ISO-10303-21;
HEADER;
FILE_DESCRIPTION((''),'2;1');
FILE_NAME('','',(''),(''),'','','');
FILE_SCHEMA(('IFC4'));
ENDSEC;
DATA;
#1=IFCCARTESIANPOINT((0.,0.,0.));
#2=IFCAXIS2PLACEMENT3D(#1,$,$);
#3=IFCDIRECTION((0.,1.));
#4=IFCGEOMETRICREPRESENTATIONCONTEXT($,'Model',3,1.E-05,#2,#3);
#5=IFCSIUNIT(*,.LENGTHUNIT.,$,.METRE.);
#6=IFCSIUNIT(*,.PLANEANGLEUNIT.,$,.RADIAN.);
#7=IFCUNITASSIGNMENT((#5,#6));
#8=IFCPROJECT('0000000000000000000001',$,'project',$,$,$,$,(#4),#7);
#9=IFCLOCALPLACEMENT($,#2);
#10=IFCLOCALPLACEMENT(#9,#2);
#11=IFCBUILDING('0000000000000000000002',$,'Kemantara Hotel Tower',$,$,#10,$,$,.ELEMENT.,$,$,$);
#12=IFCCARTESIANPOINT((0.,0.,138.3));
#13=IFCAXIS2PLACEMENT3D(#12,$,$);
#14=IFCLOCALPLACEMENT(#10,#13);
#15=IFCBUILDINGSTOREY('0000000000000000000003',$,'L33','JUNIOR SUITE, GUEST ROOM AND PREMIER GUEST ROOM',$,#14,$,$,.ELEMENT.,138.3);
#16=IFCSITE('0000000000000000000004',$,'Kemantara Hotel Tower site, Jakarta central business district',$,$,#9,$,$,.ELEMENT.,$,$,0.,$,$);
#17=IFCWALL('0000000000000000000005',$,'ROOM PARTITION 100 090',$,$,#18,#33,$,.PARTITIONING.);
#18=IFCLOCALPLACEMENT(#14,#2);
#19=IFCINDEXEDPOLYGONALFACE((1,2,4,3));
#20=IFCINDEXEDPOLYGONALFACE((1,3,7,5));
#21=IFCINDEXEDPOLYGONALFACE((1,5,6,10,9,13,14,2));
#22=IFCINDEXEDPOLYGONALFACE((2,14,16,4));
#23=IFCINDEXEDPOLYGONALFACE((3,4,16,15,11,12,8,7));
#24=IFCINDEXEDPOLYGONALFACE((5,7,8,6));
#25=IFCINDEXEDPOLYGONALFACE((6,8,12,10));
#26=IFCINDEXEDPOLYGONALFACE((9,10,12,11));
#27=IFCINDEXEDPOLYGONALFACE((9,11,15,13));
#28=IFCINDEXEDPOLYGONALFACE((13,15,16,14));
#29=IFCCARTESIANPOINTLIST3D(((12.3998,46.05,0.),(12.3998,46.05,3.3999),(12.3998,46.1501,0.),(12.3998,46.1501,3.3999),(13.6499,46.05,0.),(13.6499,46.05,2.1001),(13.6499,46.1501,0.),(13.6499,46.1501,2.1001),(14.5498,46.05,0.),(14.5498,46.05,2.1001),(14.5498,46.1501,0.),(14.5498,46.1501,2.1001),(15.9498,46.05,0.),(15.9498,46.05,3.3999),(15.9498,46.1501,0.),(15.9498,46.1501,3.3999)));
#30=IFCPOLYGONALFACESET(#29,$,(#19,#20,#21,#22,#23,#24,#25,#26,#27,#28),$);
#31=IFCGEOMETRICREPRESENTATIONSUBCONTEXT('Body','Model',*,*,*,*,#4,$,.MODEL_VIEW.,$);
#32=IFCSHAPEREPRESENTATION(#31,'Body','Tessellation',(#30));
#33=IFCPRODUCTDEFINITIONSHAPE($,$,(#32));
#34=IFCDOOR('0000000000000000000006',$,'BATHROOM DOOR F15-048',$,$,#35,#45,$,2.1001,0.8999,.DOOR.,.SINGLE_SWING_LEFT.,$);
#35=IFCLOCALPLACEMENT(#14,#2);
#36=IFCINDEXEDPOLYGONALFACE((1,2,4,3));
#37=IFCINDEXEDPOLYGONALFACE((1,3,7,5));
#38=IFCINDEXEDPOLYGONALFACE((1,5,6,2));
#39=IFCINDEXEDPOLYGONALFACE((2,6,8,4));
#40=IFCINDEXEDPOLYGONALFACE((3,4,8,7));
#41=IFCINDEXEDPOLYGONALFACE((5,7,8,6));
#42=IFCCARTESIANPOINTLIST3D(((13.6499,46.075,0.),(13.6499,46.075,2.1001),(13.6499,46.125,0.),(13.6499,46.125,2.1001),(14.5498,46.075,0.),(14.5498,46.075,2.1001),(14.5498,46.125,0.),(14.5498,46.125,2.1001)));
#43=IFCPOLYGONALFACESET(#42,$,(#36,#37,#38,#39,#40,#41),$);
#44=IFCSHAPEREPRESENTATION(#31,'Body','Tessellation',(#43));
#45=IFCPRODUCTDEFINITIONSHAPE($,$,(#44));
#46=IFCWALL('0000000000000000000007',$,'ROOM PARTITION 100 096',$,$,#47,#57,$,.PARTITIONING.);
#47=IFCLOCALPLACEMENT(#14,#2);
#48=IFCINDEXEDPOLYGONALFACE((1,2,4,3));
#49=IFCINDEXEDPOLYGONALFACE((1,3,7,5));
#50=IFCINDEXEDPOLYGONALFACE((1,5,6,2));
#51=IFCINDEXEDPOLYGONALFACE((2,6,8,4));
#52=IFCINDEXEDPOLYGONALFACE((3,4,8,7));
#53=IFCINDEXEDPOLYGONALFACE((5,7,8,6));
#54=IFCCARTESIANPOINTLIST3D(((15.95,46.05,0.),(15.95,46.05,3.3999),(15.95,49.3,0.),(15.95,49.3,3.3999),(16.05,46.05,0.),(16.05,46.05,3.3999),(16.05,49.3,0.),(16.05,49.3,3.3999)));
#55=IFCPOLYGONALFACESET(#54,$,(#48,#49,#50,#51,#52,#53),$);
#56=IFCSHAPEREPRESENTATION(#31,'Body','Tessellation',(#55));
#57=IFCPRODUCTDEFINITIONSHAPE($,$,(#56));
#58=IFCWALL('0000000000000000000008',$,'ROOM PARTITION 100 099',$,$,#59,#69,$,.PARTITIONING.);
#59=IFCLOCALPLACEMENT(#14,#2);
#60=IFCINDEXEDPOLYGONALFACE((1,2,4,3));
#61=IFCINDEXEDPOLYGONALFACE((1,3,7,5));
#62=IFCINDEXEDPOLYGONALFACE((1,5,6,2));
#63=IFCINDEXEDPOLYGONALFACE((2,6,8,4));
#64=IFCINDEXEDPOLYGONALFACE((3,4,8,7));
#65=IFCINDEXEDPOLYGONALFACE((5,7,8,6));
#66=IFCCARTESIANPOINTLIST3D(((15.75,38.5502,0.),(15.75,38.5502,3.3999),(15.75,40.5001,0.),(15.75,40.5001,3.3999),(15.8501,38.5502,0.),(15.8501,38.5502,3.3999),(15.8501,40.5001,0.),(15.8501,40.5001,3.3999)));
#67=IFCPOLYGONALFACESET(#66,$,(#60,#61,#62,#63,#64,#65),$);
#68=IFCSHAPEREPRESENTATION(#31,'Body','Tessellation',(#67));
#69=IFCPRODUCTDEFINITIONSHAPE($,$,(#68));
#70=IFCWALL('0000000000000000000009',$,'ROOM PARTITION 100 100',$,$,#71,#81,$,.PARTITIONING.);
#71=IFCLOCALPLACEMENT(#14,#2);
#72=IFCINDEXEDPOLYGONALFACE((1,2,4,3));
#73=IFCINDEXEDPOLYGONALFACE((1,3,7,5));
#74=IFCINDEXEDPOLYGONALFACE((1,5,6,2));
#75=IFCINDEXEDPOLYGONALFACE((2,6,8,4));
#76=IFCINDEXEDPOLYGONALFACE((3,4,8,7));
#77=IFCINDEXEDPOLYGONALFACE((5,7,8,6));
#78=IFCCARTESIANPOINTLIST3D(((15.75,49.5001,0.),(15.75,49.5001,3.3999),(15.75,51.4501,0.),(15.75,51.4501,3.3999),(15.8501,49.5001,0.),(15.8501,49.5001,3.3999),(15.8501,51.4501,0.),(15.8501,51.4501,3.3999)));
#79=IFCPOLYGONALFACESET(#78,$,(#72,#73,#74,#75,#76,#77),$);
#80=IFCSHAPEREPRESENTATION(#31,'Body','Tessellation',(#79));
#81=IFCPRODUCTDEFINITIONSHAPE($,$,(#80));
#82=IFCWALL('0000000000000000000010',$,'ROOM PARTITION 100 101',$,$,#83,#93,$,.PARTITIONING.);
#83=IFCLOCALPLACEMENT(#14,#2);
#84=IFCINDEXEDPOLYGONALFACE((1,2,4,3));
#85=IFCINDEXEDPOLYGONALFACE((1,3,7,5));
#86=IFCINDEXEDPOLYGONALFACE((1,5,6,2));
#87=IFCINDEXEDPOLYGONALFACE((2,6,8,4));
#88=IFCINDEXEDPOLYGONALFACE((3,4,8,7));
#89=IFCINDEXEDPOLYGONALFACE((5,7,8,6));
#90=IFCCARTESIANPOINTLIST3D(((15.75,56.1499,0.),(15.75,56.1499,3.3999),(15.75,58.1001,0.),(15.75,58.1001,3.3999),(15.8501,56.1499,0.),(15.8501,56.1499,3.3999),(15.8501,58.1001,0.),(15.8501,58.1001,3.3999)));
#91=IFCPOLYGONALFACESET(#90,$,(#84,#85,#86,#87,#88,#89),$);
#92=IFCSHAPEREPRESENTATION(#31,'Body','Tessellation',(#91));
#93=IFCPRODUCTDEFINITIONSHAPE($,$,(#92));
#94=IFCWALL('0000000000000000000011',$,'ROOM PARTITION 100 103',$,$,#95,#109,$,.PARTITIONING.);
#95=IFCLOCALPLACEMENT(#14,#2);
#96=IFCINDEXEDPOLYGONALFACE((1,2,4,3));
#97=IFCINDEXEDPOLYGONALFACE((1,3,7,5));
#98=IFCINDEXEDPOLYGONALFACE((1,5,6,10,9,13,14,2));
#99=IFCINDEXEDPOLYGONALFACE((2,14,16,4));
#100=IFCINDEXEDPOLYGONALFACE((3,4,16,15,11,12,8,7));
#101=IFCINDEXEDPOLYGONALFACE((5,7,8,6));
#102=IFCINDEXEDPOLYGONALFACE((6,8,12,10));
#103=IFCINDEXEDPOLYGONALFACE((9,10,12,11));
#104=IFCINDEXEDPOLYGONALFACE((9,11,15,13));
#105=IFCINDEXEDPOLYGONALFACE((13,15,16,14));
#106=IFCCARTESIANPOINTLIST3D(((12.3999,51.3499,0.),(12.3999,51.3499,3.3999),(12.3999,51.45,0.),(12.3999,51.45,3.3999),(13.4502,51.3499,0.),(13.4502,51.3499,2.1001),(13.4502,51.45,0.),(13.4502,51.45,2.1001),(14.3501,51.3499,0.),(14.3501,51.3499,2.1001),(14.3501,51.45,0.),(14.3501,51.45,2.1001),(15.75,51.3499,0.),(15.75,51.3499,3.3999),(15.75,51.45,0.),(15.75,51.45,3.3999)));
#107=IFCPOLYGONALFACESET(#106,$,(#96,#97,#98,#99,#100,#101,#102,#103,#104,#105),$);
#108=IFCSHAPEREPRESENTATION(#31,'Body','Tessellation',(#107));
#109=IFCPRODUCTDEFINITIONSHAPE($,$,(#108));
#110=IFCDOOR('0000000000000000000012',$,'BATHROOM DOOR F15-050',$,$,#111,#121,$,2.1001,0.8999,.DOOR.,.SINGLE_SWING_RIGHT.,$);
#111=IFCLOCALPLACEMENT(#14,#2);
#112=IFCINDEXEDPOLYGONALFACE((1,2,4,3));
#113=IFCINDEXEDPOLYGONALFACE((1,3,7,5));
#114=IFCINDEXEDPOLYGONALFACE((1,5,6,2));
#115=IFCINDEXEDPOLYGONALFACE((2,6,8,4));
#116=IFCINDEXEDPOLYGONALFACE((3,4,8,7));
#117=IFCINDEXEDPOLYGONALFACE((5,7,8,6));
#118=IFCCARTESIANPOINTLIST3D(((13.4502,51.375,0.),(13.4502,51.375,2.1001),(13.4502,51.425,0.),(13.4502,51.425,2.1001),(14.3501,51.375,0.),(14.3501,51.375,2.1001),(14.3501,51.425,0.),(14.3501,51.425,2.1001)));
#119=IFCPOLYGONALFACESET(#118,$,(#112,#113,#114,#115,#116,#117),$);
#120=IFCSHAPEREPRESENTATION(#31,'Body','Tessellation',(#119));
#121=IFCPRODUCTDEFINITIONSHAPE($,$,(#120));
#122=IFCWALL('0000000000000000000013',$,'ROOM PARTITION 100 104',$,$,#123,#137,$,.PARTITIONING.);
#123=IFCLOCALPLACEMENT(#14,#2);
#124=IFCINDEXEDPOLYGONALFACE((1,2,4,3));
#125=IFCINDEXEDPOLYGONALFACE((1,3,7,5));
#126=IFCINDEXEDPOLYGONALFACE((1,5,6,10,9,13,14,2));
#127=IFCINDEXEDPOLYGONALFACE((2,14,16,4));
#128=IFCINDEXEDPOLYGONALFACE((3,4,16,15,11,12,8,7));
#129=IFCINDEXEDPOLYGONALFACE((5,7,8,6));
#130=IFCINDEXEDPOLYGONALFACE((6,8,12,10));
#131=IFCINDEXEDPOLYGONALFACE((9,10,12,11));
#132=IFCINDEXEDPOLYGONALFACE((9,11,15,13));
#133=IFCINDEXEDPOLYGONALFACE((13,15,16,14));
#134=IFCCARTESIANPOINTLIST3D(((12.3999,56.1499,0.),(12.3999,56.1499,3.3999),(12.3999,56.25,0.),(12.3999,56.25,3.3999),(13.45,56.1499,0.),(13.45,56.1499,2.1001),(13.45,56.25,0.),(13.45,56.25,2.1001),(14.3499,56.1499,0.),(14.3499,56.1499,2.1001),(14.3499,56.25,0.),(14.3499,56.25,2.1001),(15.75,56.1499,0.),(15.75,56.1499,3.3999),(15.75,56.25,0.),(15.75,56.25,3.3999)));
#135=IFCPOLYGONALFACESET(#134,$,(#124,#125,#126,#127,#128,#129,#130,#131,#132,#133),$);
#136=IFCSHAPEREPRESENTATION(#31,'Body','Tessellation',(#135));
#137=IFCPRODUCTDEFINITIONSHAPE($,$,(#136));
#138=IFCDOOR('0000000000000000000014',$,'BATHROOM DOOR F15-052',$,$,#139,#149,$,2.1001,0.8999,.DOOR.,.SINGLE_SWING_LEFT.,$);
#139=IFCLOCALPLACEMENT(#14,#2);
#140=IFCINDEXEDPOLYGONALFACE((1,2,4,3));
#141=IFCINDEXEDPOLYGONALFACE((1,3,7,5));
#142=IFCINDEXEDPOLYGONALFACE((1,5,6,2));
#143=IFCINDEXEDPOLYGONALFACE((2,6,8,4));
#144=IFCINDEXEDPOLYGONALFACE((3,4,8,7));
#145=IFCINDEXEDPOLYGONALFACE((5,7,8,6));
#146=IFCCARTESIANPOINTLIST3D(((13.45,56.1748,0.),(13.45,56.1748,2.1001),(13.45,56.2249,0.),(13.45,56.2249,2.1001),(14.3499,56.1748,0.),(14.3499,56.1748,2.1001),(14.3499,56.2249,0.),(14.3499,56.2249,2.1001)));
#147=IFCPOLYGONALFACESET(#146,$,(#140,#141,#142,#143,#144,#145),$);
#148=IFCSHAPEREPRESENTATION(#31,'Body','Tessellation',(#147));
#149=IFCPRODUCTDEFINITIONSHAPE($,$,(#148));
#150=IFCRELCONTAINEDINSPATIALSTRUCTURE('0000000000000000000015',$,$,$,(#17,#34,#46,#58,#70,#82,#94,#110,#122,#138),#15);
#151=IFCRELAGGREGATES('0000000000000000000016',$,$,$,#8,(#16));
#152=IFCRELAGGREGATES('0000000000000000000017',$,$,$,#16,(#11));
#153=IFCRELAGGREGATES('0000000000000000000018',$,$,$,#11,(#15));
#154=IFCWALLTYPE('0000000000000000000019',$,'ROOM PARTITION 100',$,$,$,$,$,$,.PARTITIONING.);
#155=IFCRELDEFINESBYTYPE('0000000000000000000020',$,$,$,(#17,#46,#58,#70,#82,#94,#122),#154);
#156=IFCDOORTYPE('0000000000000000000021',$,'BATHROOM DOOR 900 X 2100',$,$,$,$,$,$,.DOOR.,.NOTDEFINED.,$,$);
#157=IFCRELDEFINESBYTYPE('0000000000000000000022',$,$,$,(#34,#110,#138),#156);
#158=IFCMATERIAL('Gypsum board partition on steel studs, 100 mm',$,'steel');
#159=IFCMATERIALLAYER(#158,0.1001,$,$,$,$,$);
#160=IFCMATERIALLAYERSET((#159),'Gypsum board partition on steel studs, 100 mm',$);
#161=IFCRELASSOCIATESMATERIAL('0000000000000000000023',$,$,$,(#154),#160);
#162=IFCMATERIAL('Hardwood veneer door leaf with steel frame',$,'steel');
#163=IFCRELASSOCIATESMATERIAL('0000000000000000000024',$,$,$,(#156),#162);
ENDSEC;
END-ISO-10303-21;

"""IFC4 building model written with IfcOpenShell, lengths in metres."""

from ifc_helpers import new_model, si_unit, direction, frame, frame_2d, origin, place, context, subcontext, project, spatial, rectangle, extrude, material, layer, layer_set, type_object, element, fill, save


model = new_model("IFC4")

# Units and contexts
model_context = context("Model", 3, precision=1e-05, world=origin(), true_north=direction((0.0, 1.0)))
body_context = subcontext(model_context, "Body", "Model", "MODEL_VIEW")
ifc_project = project(units=[si_unit("LENGTHUNIT", "METRE"), si_unit("PLANEANGLEUNIT", "RADIAN")], contexts=[model_context])

# Site, building, storey
site_placement = place(None, origin())
site = spatial("IfcSite", under=ifc_project, at=site_placement, Name="Kemantara Hotel Tower site, Jakarta central business district", CompositionType="ELEMENT", RefElevation=0.0)
building_placement = place(site_placement, origin())
building = spatial("IfcBuilding", under=site, at=building_placement, Name="Kemantara Hotel Tower", CompositionType="ELEMENT")
storey_placement = place(building_placement, frame((0.0, 0.0, 138.3)))
storey = spatial("IfcBuildingStorey", under=building, at=storey_placement, Name="L33", Description="JUNIOR SUITE, GUEST ROOM AND PREMIER GUEST ROOM", CompositionType="ELEMENT", Elevation=138.3)

# Wall, opening, door
ifc_material_1 = material(Name="Gypsum board partition on steel studs, 100 mm", Category="steel")
ifc_layer_1 = layer(ifc_material_1, 0.1001)
ifc_layer_set_1 = layer_set([ifc_layer_1], Name="Gypsum board partition on steel studs, 100 mm")
wall_type_1 = type_object("IfcWallType", Name="ROOM PARTITION 100", PredefinedType="PARTITIONING", material=ifc_layer_set_1)
wall_1_placement = place(storey_placement, frame((12.3999, 46.1001, 0.0), z_axis=(0.0, 0.0, 1.0), x_axis=(1.0, 0.0, 0.0)))
wall_1 = element("IfcWall", 1, at=wall_1_placement, inside=storey, type_object=wall_type_1, Name="ROOM PARTITION 100 090", PredefinedType="PARTITIONING", context=body_context, shape_type="SweptSolid", body=[
    extrude(rectangle(XDim=3.55, YDim=0.1001, at=frame_2d((1.7749, 0.0))), origin(), (0.0, 0.0, 1.0), 3.3999),
])
opening_1_placement = place(wall_1_placement, frame((1.25, 0.0, 0.0)))
opening_1 = element("IfcOpeningElement", 2, at=opening_1_placement, cuts=wall_1, PredefinedType="OPENING", context=body_context, shape_type="SweptSolid", body=[
    extrude(rectangle(XDim=0.8999, YDim=2.1001, at=frame_2d((0.45, 1.05))), frame((0.0, 0.0601, 0.0), z_axis=(0.0, -1.0, 0.0), x_axis=(1.0, 0.0, 0.0)), (0.0, 0.0, 1.0), 0.1201),
])
ifc_material_2 = material(Name="Hardwood veneer door leaf with steel frame", Category="steel")
door_type = type_object("IfcDoorType", Name="BATHROOM DOOR 900 X 2100", OperationType="NOTDEFINED", PredefinedType="DOOR", material=ifc_material_2)
door_1_placement = place(opening_1_placement, origin())
door_1 = element("IfcDoor", 3, at=door_1_placement, inside=storey, type_object=door_type, Name="BATHROOM DOOR F15-048", OperationType="SINGLE_SWING_LEFT", OverallHeight=2.1001, OverallWidth=0.8999, PredefinedType="DOOR", context=body_context, shape_type="SweptSolid", body=[
    extrude(rectangle(XDim=0.8999, YDim=2.1001, at=frame_2d((0.45, 1.05))), frame((0.0, 0.0249, 0.0), z_axis=(0.0, -1.0, 0.0), x_axis=(1.0, 0.0, 0.0)), (0.0, 0.0, 1.0), 0.05),
])
fill(opening_1, door_1)

# Walls
wall_2_placement = place(storey_placement, frame((16.0, 46.05, 0.0), z_axis=(0.0, 0.0, 1.0), x_axis=(0.0, 1.0, 0.0)))
element("IfcWall", 4, at=wall_2_placement, inside=storey, type_object=wall_type_1, Name="ROOM PARTITION 100 096", PredefinedType="PARTITIONING", context=body_context, shape_type="SweptSolid", body=[
    extrude(rectangle(XDim=3.25, YDim=0.1001, at=frame_2d((1.625, 0.0))), origin(), (0.0, 0.0, 1.0), 3.3999),
])
for number, where, z_axis, x_axis, name in (
    (5, (15.8, 38.55, 0.0), (0.0, 0.0, 1.0), (0.0, 1.0, 0.0), "ROOM PARTITION 100 099"),
    (6, (15.8, 49.5, 0.0), (0.0, 0.0, 1.0), (0.0, 1.0, 0.0), "ROOM PARTITION 100 100"),
):
    element("IfcWall", number, at=place(storey_placement, frame(where, z_axis=z_axis, x_axis=x_axis)), inside=storey, type_object=wall_type_1, Name=name, PredefinedType="PARTITIONING", context=body_context, shape_type="SweptSolid", body=[
        extrude(rectangle(XDim=1.95, YDim=0.1001, at=frame_2d((0.9751, 0.0))), origin(), (0.0, 0.0, 1.0), 3.3999),
    ])
wall_3_placement = place(storey_placement, frame((15.8, 56.1499, 0.0), z_axis=(0.0, 0.0, 1.0), x_axis=(0.0, 1.0, 0.0)))
element("IfcWall", 7, at=wall_3_placement, inside=storey, type_object=wall_type_1, Name="ROOM PARTITION 100 101", PredefinedType="PARTITIONING", context=body_context, shape_type="SweptSolid", body=[
    extrude(rectangle(XDim=1.9502, YDim=0.1001, at=frame_2d((0.9751, 0.0))), origin(), (0.0, 0.0, 1.0), 3.3999),
])

# Walls, openings, doors
wall_4_placement = place(storey_placement, frame((15.75, 51.3999, 0.0), z_axis=(0.0, 0.0, 1.0), x_axis=(-1.0, 0.0, 0.0)))
wall_4 = element("IfcWall", 8, at=wall_4_placement, inside=storey, type_object=wall_type_1, Name="ROOM PARTITION 100 103", PredefinedType="PARTITIONING", context=body_context, shape_type="SweptSolid", body=[
    extrude(rectangle(XDim=3.3501, YDim=0.1001, at=frame_2d((1.675, 0.0))), origin(), (0.0, 0.0, 1.0), 3.3999),
])
opening_2_placement = place(wall_4_placement, frame((1.3999, 0.0, 0.0)))
opening_2 = element("IfcOpeningElement", 9, at=opening_2_placement, cuts=wall_4, PredefinedType="OPENING", context=body_context, shape_type="SweptSolid", body=[
    extrude(rectangle(XDim=0.8999, YDim=2.1001, at=frame_2d((0.45, 1.05))), frame((0.0, 0.0601, 0.0), z_axis=(0.0, -1.0, 0.0), x_axis=(1.0, 0.0, 0.0)), (0.0, 0.0, 1.0), 0.1201),
])
door_2_placement = place(opening_2_placement, origin())
door_2 = element("IfcDoor", 10, at=door_2_placement, inside=storey, type_object=door_type, Name="BATHROOM DOOR F15-050", OperationType="SINGLE_SWING_RIGHT", OverallHeight=2.1001, OverallWidth=0.8999, PredefinedType="DOOR", context=body_context, shape_type="SweptSolid", body=[
    extrude(rectangle(XDim=0.8999, YDim=2.1001, at=frame_2d((0.45, 1.05))), frame((0.0, 0.0249, 0.0), z_axis=(0.0, -1.0, 0.0), x_axis=(1.0, 0.0, 0.0)), (0.0, 0.0, 1.0), 0.05),
])
fill(opening_2, door_2)
wall_5_placement = place(storey_placement, frame((12.3999, 56.2, 0.0), z_axis=(0.0, 0.0, 1.0), x_axis=(1.0, 0.0, 0.0)))
wall_5 = element("IfcWall", 11, at=wall_5_placement, inside=storey, type_object=wall_type_1, Name="ROOM PARTITION 100 104", PredefinedType="PARTITIONING", context=body_context, shape_type="SweptSolid", body=[
    extrude(rectangle(XDim=3.3501, YDim=0.1001, at=frame_2d((1.675, 0.0))), origin(), (0.0, 0.0, 1.0), 3.3999),
])
opening_3_placement = place(wall_5_placement, frame((1.05, 0.0, 0.0)))
opening_3 = element("IfcOpeningElement", 12, at=opening_3_placement, cuts=wall_5, PredefinedType="OPENING", context=body_context, shape_type="SweptSolid", body=[
    extrude(rectangle(XDim=0.8999, YDim=2.1001, at=frame_2d((0.45, 1.05))), frame((0.0, 0.0601, 0.0), z_axis=(0.0, -1.0, 0.0), x_axis=(1.0, 0.0, 0.0)), (0.0, 0.0, 1.0), 0.1201),
])
door_3_placement = place(opening_3_placement, origin())
door_3 = element("IfcDoor", 13, at=door_3_placement, inside=storey, type_object=door_type, Name="BATHROOM DOOR F15-052", OperationType="SINGLE_SWING_LEFT", OverallHeight=2.1001, OverallWidth=0.8999, PredefinedType="DOOR", context=body_context, shape_type="SweptSolid", body=[
    extrude(rectangle(XDim=0.8999, YDim=2.1001, at=frame_2d((0.45, 1.05))), frame((0.0, 0.0249, 0.0), z_axis=(0.0, -1.0, 0.0), x_axis=(1.0, 0.0, 0.0)), (0.0, 0.0, 1.0), 0.05),
])
fill(opening_3, door_3)

save(model, "model.ifc")
